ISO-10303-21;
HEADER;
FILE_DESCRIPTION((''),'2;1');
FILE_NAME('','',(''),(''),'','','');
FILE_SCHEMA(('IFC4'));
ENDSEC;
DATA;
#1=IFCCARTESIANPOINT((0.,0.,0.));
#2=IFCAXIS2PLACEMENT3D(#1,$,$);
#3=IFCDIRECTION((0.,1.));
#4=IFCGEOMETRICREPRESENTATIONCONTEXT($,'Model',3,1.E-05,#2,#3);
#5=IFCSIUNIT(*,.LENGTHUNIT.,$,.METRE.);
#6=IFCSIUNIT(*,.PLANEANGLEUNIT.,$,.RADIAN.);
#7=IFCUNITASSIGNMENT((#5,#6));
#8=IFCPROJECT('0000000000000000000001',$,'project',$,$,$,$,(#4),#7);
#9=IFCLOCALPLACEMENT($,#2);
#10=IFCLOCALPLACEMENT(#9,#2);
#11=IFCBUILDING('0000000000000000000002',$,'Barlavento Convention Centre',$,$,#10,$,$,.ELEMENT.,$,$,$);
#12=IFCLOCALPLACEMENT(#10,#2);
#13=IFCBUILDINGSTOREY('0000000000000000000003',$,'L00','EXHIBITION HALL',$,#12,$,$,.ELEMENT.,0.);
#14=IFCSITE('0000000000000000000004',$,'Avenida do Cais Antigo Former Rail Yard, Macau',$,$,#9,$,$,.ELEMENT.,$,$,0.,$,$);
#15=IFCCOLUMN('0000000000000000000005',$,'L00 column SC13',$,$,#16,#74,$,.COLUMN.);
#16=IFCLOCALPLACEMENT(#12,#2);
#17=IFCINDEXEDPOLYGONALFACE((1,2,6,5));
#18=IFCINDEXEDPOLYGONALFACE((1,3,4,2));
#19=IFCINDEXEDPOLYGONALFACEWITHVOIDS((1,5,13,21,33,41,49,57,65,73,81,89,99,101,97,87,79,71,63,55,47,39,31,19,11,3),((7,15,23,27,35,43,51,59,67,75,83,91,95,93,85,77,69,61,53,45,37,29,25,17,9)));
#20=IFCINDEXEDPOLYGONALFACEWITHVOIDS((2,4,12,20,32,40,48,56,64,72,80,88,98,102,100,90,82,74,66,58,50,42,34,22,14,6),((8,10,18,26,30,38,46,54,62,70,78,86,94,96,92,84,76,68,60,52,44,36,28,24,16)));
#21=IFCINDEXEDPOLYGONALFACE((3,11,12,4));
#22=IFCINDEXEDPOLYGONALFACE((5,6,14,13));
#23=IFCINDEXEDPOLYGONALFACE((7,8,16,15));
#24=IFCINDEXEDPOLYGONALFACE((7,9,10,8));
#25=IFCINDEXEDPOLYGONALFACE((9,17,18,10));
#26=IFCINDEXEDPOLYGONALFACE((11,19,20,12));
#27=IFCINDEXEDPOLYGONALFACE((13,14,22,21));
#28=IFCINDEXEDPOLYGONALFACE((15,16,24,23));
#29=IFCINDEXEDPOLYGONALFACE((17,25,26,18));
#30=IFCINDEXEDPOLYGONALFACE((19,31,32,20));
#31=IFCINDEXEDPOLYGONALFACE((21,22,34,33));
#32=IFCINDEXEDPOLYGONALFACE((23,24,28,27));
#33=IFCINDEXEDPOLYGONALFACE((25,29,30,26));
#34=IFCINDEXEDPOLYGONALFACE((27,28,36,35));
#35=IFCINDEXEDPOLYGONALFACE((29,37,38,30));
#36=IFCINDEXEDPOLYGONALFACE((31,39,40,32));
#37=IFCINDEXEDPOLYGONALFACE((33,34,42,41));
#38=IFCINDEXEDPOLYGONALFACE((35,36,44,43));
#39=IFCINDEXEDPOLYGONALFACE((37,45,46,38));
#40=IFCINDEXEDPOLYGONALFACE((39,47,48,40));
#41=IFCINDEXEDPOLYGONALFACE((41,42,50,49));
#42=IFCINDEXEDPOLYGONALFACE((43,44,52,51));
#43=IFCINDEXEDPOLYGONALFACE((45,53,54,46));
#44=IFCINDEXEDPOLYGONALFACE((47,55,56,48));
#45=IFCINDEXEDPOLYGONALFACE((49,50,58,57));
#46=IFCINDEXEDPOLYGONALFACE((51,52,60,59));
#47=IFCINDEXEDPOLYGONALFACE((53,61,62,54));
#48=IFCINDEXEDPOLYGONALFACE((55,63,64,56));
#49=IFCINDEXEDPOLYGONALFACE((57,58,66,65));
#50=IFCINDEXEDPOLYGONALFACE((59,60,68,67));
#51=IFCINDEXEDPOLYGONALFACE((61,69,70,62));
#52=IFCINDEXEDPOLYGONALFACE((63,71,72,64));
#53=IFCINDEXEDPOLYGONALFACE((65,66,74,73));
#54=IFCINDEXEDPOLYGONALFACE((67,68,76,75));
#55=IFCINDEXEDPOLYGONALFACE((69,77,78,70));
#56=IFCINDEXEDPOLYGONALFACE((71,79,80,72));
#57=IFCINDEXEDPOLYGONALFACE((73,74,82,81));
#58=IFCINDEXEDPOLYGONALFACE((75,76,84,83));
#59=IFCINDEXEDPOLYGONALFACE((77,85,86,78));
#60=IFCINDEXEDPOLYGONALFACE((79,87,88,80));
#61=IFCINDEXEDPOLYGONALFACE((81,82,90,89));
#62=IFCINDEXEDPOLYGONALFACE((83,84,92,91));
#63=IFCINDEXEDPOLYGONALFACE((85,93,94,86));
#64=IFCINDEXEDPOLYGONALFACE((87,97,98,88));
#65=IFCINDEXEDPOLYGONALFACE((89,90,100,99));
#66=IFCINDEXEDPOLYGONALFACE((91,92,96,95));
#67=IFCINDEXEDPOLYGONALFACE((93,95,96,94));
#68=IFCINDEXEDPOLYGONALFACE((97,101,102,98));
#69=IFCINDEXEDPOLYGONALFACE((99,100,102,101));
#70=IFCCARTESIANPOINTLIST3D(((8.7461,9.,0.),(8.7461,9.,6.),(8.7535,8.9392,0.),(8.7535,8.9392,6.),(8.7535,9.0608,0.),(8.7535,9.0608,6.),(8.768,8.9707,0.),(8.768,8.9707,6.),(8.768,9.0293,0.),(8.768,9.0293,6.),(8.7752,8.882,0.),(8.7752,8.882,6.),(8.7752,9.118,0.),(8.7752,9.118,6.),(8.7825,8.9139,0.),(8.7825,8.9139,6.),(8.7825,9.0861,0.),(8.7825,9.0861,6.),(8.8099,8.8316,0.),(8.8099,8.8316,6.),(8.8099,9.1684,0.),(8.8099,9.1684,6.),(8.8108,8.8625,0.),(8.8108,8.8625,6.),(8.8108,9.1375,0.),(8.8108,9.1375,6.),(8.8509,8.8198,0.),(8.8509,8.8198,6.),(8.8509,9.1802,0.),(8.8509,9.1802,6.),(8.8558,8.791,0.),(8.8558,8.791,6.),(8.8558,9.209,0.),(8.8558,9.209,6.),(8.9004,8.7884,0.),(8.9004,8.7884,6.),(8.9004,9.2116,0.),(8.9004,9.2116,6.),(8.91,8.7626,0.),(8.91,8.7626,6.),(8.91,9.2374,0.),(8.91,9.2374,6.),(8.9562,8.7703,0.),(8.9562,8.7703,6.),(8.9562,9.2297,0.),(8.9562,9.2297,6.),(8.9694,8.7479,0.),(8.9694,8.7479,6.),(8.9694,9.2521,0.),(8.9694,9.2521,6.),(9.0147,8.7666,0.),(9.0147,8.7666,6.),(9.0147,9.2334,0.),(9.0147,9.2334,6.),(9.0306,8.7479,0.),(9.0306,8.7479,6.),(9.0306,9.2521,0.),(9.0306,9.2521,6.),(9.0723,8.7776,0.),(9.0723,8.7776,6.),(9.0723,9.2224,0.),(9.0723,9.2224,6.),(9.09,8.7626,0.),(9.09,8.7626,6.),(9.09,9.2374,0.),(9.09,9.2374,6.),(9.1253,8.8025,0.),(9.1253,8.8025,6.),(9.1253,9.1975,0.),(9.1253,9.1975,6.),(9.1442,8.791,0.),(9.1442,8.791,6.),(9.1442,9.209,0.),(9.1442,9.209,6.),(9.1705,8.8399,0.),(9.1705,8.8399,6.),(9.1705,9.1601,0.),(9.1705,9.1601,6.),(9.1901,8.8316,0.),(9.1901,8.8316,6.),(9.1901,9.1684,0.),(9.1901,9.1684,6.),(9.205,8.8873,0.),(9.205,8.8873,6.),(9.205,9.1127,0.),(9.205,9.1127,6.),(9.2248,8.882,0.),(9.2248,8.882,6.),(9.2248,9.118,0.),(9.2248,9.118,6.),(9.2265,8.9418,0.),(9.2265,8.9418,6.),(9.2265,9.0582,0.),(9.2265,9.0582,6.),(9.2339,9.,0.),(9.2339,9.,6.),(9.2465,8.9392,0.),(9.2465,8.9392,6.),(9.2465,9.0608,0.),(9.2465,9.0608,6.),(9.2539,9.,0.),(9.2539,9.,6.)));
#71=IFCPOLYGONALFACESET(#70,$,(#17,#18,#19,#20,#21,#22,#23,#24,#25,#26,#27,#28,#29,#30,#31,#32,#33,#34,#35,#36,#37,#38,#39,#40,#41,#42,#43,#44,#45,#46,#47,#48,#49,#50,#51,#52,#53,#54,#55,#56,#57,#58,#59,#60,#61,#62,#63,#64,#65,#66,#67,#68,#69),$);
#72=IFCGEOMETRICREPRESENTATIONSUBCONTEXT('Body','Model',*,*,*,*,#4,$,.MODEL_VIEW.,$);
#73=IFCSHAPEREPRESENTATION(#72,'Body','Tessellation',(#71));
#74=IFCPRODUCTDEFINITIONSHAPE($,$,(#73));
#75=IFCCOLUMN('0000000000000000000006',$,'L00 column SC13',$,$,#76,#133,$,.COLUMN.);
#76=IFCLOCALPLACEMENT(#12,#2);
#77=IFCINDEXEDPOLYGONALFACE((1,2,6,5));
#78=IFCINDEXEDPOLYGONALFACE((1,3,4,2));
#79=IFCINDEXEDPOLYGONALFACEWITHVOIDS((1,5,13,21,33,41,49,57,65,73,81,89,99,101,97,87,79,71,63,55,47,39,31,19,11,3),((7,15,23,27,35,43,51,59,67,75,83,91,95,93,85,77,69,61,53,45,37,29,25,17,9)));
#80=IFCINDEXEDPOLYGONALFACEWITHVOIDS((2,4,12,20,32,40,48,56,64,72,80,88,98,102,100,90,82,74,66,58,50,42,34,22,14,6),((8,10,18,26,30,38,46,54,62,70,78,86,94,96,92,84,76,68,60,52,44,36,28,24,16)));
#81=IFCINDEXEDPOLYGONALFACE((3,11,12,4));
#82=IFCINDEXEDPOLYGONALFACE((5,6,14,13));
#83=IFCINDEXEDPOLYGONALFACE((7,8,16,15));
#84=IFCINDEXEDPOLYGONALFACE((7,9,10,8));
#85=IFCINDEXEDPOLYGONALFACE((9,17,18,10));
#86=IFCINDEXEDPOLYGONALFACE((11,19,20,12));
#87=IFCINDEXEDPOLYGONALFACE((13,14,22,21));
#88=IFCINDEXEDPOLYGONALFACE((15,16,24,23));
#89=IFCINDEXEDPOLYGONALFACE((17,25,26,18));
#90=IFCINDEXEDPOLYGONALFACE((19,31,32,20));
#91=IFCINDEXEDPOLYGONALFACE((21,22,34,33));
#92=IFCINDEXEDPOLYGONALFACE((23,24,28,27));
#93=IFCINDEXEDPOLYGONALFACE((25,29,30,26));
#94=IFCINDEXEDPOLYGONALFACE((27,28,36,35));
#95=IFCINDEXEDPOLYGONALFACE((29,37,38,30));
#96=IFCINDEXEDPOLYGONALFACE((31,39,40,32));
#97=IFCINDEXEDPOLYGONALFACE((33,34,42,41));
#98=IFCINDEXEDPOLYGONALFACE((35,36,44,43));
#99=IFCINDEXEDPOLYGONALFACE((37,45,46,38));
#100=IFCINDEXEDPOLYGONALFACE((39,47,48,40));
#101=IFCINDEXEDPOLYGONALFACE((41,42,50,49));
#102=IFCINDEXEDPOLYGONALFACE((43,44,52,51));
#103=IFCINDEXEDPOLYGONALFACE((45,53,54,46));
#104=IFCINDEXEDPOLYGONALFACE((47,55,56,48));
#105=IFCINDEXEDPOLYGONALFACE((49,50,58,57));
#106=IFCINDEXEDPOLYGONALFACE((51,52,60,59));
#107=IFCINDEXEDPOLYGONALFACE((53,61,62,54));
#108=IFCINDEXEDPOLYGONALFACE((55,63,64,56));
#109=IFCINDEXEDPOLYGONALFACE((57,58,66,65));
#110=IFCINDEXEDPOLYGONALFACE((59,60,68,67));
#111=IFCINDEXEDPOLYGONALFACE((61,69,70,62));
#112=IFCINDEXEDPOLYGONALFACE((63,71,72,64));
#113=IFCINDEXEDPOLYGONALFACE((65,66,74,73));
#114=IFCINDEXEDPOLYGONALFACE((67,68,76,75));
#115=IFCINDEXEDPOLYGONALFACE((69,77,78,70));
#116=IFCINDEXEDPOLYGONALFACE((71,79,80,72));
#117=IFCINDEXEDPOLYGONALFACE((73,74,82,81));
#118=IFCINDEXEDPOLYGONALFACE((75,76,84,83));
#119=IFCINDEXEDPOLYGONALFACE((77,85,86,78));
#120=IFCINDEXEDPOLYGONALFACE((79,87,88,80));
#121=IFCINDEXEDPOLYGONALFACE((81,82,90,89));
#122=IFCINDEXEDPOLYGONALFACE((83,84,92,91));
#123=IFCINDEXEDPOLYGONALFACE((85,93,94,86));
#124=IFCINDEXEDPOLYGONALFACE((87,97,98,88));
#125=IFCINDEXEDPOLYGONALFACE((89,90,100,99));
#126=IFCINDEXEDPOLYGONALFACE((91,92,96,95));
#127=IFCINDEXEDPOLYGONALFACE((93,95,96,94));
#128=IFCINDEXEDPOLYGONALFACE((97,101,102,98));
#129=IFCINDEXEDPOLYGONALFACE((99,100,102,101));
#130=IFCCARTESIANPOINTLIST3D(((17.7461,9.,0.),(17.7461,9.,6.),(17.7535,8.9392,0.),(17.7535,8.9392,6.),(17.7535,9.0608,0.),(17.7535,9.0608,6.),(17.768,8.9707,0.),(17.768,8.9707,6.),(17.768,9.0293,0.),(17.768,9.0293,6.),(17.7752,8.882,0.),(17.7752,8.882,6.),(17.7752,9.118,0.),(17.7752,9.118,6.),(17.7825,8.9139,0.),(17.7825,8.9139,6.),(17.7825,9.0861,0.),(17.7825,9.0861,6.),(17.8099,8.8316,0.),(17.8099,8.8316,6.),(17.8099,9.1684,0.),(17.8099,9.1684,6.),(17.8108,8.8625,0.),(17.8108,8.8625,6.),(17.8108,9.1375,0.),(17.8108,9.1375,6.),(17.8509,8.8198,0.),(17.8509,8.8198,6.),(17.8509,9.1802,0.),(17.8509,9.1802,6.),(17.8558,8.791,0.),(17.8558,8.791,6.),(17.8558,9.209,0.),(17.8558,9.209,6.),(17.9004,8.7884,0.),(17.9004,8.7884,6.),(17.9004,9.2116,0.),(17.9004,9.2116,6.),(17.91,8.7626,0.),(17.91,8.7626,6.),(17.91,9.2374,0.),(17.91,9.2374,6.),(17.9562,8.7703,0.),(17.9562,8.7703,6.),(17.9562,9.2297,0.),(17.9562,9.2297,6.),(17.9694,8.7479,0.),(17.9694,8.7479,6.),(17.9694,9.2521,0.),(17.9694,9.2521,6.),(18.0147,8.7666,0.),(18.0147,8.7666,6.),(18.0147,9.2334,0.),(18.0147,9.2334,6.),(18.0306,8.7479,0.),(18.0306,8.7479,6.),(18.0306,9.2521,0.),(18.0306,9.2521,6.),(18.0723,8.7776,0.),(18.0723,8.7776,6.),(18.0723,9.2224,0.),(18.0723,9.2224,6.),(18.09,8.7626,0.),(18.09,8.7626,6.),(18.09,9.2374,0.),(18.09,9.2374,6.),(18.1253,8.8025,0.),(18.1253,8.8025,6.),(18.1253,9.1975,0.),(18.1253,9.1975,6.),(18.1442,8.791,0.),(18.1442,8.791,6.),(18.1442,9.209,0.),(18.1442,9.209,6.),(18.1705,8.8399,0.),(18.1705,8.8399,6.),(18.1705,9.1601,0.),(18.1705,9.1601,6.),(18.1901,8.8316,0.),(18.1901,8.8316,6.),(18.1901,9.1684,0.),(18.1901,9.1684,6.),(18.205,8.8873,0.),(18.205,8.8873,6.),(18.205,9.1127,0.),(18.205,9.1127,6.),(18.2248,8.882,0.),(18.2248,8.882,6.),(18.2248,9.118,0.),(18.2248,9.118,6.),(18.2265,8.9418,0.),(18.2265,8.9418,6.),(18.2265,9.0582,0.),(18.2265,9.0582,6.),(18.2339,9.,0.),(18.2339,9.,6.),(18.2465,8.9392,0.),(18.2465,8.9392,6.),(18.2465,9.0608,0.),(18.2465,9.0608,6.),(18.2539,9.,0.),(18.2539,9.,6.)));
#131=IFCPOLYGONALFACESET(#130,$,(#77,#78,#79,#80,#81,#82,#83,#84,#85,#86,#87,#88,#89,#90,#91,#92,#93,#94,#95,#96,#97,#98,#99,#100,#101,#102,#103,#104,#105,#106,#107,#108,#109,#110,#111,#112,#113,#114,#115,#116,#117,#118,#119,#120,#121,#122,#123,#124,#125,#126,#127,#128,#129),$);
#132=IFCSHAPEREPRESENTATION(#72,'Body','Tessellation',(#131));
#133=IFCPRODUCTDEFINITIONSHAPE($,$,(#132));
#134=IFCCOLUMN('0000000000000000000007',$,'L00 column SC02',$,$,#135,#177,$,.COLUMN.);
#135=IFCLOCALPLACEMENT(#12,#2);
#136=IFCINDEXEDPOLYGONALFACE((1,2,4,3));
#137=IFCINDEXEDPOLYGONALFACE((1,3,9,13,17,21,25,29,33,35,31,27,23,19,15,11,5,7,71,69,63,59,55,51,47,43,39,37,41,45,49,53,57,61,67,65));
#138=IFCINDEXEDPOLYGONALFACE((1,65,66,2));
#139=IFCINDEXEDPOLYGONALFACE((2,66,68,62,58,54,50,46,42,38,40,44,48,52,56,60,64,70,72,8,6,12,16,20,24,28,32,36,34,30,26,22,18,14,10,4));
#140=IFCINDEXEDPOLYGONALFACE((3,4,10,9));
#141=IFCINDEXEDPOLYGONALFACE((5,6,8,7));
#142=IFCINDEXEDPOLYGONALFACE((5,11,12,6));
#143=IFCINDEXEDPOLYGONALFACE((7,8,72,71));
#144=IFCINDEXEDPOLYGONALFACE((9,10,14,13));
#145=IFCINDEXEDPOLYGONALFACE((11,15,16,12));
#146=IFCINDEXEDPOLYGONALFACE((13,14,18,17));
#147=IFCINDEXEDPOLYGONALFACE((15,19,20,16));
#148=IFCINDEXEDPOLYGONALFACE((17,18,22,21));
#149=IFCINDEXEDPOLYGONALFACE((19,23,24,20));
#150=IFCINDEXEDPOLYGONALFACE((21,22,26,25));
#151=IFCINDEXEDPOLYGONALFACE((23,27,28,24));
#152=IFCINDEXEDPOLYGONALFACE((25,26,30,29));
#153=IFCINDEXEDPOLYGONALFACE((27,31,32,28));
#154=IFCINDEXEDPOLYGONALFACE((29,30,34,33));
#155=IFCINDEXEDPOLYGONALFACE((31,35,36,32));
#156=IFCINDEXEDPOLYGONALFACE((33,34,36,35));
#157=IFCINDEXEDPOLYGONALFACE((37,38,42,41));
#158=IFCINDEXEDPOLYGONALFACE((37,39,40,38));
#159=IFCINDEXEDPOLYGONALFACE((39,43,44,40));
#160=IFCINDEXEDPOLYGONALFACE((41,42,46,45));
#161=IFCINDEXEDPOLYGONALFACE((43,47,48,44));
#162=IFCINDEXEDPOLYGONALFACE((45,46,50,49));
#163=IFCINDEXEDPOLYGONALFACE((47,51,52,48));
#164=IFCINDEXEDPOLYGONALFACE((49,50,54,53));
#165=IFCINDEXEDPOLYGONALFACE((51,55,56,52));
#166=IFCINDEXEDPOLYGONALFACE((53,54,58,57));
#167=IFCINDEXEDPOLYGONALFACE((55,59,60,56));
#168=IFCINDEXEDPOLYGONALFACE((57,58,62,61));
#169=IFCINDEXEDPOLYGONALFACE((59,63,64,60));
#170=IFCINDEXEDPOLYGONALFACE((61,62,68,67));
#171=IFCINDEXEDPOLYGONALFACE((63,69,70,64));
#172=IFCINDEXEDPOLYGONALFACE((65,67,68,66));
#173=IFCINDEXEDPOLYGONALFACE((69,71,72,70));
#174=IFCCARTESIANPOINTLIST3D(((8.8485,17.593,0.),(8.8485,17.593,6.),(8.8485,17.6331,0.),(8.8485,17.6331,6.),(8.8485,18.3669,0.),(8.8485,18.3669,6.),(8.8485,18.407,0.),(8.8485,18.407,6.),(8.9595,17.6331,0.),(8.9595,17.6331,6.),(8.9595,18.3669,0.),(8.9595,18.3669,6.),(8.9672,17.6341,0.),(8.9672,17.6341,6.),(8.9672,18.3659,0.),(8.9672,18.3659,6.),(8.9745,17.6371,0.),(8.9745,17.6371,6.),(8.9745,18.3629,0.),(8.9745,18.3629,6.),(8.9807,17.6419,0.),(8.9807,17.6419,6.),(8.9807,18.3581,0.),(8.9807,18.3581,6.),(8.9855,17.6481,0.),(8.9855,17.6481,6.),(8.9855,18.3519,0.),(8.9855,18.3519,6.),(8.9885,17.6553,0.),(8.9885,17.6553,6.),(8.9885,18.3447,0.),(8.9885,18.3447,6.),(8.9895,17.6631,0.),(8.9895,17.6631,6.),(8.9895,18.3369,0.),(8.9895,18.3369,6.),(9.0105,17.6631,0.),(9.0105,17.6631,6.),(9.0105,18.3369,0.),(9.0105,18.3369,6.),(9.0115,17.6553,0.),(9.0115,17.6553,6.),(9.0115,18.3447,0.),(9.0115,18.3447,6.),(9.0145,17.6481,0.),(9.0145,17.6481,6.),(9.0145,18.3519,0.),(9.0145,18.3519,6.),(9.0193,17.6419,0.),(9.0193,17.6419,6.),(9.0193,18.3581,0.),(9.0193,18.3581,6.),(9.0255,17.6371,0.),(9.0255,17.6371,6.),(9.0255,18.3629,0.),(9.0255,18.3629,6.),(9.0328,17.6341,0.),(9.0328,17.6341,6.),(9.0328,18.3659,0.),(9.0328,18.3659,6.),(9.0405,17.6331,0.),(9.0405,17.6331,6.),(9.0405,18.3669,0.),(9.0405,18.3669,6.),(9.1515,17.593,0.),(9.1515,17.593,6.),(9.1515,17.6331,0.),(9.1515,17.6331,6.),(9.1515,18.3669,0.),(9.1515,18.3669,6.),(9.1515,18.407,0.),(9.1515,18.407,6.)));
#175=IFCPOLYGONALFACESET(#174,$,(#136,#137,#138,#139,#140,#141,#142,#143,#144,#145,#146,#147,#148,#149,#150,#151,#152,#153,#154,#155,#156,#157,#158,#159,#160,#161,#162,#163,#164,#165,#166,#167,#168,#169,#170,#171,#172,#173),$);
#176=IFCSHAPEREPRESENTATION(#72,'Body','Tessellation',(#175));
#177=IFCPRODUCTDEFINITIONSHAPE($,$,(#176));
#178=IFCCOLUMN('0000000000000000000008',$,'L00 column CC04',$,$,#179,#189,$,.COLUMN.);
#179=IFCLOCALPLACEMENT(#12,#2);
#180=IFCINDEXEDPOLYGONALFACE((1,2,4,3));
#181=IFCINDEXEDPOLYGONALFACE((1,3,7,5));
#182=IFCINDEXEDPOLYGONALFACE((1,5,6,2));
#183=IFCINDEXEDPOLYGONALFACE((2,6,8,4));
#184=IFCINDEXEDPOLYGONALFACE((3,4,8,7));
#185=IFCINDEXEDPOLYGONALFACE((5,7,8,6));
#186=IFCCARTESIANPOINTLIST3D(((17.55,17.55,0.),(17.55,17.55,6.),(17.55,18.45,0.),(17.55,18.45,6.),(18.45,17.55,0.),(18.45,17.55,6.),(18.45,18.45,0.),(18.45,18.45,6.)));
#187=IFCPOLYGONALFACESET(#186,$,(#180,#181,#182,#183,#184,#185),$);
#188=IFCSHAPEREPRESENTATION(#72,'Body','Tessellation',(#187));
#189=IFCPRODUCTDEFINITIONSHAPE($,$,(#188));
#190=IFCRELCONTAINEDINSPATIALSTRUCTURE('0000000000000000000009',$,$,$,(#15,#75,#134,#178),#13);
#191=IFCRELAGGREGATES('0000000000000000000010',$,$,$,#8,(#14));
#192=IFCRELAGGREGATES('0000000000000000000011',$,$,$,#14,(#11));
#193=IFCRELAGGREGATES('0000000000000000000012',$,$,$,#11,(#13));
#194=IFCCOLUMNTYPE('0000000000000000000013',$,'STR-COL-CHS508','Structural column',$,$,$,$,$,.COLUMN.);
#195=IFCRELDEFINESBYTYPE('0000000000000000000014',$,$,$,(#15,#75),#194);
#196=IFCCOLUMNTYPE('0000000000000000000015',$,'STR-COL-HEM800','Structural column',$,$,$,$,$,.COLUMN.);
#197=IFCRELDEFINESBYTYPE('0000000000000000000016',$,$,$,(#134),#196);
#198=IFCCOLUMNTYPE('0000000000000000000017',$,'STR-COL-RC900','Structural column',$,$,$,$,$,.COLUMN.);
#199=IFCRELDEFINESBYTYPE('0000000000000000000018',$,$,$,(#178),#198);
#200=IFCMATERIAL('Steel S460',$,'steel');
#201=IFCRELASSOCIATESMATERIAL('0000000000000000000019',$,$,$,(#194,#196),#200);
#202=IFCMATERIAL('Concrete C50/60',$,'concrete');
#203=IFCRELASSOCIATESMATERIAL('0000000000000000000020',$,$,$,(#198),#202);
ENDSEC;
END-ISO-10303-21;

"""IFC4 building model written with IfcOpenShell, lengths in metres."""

from ifc_helpers import new_model, si_unit, direction, frame, origin, origin_2d, place, context, subcontext, project, spatial, rectangle, hollow_circle, i_section, extrude, material, material_profile, profile_set, type_object, element, save


model = new_model("IFC4")

# Units and contexts
model_context = context("Model", 3, precision=1e-05, world=origin(), true_north=direction((0.0, 1.0)))
body_context = subcontext(model_context, "Body", "Model", "MODEL_VIEW")
ifc_project = project(units=[si_unit("LENGTHUNIT", "METRE"), si_unit("PLANEANGLEUNIT", "RADIAN")], contexts=[model_context])

# Site, building, storey
site_placement = place(None, origin())
site = spatial("IfcSite", under=ifc_project, at=site_placement, Name="Avenida do Cais Antigo Former Rail Yard, Macau", CompositionType="ELEMENT", RefElevation=0.0)
building_placement = place(site_placement, origin())
building = spatial("IfcBuilding", under=site, at=building_placement, Name="Barlavento Convention Centre", CompositionType="ELEMENT")
storey_placement = place(building_placement, origin())
storey = spatial("IfcBuildingStorey", under=building, at=storey_placement, Name="L00", Description="EXHIBITION HALL", CompositionType="ELEMENT", Elevation=0.0)

# Columns
ifc_material_1 = material(Name="Steel S460", Category="steel")
ifc_material_profile_1 = material_profile(ifc_material_1, hollow_circle(Radius=0.2539, WallThickness=0.02, at=origin_2d()), Name="CHS 508.0x20.0")
ifc_profile_set_1 = profile_set([ifc_material_profile_1], Name="Steel S460")
column_type_1 = type_object("IfcColumnType", Name="STR-COL-CHS508", Description="Structural column", PredefinedType="COLUMN", material=ifc_profile_set_1)
for number, where, z_axis, x_axis, name in (
    (1, (9.0, 9.0, 0.0), (0.0, 0.0, 1.0), (1.0, 0.0, 0.0), "L00 column SC13"),
    (2, (18.0, 9.0, 0.0), (0.0, 0.0, 1.0), (1.0, 0.0, 0.0), "L00 column SC13"),
):
    element("IfcColumn", number, at=place(storey_placement, frame(where, z_axis=z_axis, x_axis=x_axis)), inside=storey, type_object=column_type_1, Name=name, PredefinedType="COLUMN", context=body_context, shape_type="SweptSolid", body=[
        extrude(hollow_circle(Radius=0.2539, WallThickness=0.02, at=origin_2d()), origin(), (0.0, 0.0, 1.0), 6.0),
    ])
ifc_material_profile_2 = material_profile(ifc_material_1, i_section(OverallWidth=0.303, OverallDepth=0.814, WebThickness=0.021, FlangeThickness=0.04, FilletRadius=0.03, at=origin_2d()), Name="HEM 800")
ifc_profile_set_2 = profile_set([ifc_material_profile_2], Name="Steel S460")
column_type_2 = type_object("IfcColumnType", Name="STR-COL-HEM800", Description="Structural column", PredefinedType="COLUMN", material=ifc_profile_set_2)
column_1_placement = place(storey_placement, frame((9.0, 18.0, 0.0), z_axis=(0.0, 0.0, 1.0), x_axis=(1.0, 0.0, 0.0)))
element("IfcColumn", 3, at=column_1_placement, inside=storey, type_object=column_type_2, Name="L00 column SC02", PredefinedType="COLUMN", context=body_context, shape_type="SweptSolid", body=[
    extrude(i_section(OverallWidth=0.303, OverallDepth=0.814, WebThickness=0.021, FlangeThickness=0.04, FilletRadius=0.03, at=origin_2d()), origin(), (0.0, 0.0, 1.0), 6.0),
])
ifc_material_2 = material(Name="Concrete C50/60", Category="concrete")
ifc_material_profile_3 = material_profile(ifc_material_2, rectangle(XDim=0.8999, YDim=0.8999, at=origin_2d()), Name="RC 900x900")
ifc_profile_set_3 = profile_set([ifc_material_profile_3], Name="Concrete C50/60")
column_type_3 = type_object("IfcColumnType", Name="STR-COL-RC900", Description="Structural column", PredefinedType="COLUMN", material=ifc_profile_set_3)
column_2_placement = place(storey_placement, frame((18.0, 18.0, 0.0), z_axis=(0.0, 0.0, 1.0), x_axis=(1.0, 0.0, 0.0)))
element("IfcColumn", 4, at=column_2_placement, inside=storey, type_object=column_type_3, Name="L00 column CC04", PredefinedType="COLUMN", context=body_context, shape_type="SweptSolid", body=[
    extrude(rectangle(XDim=0.8999, YDim=0.8999, at=origin_2d()), origin(), (0.0, 0.0, 1.0), 6.0),
])

save(model, "model.ifc")
